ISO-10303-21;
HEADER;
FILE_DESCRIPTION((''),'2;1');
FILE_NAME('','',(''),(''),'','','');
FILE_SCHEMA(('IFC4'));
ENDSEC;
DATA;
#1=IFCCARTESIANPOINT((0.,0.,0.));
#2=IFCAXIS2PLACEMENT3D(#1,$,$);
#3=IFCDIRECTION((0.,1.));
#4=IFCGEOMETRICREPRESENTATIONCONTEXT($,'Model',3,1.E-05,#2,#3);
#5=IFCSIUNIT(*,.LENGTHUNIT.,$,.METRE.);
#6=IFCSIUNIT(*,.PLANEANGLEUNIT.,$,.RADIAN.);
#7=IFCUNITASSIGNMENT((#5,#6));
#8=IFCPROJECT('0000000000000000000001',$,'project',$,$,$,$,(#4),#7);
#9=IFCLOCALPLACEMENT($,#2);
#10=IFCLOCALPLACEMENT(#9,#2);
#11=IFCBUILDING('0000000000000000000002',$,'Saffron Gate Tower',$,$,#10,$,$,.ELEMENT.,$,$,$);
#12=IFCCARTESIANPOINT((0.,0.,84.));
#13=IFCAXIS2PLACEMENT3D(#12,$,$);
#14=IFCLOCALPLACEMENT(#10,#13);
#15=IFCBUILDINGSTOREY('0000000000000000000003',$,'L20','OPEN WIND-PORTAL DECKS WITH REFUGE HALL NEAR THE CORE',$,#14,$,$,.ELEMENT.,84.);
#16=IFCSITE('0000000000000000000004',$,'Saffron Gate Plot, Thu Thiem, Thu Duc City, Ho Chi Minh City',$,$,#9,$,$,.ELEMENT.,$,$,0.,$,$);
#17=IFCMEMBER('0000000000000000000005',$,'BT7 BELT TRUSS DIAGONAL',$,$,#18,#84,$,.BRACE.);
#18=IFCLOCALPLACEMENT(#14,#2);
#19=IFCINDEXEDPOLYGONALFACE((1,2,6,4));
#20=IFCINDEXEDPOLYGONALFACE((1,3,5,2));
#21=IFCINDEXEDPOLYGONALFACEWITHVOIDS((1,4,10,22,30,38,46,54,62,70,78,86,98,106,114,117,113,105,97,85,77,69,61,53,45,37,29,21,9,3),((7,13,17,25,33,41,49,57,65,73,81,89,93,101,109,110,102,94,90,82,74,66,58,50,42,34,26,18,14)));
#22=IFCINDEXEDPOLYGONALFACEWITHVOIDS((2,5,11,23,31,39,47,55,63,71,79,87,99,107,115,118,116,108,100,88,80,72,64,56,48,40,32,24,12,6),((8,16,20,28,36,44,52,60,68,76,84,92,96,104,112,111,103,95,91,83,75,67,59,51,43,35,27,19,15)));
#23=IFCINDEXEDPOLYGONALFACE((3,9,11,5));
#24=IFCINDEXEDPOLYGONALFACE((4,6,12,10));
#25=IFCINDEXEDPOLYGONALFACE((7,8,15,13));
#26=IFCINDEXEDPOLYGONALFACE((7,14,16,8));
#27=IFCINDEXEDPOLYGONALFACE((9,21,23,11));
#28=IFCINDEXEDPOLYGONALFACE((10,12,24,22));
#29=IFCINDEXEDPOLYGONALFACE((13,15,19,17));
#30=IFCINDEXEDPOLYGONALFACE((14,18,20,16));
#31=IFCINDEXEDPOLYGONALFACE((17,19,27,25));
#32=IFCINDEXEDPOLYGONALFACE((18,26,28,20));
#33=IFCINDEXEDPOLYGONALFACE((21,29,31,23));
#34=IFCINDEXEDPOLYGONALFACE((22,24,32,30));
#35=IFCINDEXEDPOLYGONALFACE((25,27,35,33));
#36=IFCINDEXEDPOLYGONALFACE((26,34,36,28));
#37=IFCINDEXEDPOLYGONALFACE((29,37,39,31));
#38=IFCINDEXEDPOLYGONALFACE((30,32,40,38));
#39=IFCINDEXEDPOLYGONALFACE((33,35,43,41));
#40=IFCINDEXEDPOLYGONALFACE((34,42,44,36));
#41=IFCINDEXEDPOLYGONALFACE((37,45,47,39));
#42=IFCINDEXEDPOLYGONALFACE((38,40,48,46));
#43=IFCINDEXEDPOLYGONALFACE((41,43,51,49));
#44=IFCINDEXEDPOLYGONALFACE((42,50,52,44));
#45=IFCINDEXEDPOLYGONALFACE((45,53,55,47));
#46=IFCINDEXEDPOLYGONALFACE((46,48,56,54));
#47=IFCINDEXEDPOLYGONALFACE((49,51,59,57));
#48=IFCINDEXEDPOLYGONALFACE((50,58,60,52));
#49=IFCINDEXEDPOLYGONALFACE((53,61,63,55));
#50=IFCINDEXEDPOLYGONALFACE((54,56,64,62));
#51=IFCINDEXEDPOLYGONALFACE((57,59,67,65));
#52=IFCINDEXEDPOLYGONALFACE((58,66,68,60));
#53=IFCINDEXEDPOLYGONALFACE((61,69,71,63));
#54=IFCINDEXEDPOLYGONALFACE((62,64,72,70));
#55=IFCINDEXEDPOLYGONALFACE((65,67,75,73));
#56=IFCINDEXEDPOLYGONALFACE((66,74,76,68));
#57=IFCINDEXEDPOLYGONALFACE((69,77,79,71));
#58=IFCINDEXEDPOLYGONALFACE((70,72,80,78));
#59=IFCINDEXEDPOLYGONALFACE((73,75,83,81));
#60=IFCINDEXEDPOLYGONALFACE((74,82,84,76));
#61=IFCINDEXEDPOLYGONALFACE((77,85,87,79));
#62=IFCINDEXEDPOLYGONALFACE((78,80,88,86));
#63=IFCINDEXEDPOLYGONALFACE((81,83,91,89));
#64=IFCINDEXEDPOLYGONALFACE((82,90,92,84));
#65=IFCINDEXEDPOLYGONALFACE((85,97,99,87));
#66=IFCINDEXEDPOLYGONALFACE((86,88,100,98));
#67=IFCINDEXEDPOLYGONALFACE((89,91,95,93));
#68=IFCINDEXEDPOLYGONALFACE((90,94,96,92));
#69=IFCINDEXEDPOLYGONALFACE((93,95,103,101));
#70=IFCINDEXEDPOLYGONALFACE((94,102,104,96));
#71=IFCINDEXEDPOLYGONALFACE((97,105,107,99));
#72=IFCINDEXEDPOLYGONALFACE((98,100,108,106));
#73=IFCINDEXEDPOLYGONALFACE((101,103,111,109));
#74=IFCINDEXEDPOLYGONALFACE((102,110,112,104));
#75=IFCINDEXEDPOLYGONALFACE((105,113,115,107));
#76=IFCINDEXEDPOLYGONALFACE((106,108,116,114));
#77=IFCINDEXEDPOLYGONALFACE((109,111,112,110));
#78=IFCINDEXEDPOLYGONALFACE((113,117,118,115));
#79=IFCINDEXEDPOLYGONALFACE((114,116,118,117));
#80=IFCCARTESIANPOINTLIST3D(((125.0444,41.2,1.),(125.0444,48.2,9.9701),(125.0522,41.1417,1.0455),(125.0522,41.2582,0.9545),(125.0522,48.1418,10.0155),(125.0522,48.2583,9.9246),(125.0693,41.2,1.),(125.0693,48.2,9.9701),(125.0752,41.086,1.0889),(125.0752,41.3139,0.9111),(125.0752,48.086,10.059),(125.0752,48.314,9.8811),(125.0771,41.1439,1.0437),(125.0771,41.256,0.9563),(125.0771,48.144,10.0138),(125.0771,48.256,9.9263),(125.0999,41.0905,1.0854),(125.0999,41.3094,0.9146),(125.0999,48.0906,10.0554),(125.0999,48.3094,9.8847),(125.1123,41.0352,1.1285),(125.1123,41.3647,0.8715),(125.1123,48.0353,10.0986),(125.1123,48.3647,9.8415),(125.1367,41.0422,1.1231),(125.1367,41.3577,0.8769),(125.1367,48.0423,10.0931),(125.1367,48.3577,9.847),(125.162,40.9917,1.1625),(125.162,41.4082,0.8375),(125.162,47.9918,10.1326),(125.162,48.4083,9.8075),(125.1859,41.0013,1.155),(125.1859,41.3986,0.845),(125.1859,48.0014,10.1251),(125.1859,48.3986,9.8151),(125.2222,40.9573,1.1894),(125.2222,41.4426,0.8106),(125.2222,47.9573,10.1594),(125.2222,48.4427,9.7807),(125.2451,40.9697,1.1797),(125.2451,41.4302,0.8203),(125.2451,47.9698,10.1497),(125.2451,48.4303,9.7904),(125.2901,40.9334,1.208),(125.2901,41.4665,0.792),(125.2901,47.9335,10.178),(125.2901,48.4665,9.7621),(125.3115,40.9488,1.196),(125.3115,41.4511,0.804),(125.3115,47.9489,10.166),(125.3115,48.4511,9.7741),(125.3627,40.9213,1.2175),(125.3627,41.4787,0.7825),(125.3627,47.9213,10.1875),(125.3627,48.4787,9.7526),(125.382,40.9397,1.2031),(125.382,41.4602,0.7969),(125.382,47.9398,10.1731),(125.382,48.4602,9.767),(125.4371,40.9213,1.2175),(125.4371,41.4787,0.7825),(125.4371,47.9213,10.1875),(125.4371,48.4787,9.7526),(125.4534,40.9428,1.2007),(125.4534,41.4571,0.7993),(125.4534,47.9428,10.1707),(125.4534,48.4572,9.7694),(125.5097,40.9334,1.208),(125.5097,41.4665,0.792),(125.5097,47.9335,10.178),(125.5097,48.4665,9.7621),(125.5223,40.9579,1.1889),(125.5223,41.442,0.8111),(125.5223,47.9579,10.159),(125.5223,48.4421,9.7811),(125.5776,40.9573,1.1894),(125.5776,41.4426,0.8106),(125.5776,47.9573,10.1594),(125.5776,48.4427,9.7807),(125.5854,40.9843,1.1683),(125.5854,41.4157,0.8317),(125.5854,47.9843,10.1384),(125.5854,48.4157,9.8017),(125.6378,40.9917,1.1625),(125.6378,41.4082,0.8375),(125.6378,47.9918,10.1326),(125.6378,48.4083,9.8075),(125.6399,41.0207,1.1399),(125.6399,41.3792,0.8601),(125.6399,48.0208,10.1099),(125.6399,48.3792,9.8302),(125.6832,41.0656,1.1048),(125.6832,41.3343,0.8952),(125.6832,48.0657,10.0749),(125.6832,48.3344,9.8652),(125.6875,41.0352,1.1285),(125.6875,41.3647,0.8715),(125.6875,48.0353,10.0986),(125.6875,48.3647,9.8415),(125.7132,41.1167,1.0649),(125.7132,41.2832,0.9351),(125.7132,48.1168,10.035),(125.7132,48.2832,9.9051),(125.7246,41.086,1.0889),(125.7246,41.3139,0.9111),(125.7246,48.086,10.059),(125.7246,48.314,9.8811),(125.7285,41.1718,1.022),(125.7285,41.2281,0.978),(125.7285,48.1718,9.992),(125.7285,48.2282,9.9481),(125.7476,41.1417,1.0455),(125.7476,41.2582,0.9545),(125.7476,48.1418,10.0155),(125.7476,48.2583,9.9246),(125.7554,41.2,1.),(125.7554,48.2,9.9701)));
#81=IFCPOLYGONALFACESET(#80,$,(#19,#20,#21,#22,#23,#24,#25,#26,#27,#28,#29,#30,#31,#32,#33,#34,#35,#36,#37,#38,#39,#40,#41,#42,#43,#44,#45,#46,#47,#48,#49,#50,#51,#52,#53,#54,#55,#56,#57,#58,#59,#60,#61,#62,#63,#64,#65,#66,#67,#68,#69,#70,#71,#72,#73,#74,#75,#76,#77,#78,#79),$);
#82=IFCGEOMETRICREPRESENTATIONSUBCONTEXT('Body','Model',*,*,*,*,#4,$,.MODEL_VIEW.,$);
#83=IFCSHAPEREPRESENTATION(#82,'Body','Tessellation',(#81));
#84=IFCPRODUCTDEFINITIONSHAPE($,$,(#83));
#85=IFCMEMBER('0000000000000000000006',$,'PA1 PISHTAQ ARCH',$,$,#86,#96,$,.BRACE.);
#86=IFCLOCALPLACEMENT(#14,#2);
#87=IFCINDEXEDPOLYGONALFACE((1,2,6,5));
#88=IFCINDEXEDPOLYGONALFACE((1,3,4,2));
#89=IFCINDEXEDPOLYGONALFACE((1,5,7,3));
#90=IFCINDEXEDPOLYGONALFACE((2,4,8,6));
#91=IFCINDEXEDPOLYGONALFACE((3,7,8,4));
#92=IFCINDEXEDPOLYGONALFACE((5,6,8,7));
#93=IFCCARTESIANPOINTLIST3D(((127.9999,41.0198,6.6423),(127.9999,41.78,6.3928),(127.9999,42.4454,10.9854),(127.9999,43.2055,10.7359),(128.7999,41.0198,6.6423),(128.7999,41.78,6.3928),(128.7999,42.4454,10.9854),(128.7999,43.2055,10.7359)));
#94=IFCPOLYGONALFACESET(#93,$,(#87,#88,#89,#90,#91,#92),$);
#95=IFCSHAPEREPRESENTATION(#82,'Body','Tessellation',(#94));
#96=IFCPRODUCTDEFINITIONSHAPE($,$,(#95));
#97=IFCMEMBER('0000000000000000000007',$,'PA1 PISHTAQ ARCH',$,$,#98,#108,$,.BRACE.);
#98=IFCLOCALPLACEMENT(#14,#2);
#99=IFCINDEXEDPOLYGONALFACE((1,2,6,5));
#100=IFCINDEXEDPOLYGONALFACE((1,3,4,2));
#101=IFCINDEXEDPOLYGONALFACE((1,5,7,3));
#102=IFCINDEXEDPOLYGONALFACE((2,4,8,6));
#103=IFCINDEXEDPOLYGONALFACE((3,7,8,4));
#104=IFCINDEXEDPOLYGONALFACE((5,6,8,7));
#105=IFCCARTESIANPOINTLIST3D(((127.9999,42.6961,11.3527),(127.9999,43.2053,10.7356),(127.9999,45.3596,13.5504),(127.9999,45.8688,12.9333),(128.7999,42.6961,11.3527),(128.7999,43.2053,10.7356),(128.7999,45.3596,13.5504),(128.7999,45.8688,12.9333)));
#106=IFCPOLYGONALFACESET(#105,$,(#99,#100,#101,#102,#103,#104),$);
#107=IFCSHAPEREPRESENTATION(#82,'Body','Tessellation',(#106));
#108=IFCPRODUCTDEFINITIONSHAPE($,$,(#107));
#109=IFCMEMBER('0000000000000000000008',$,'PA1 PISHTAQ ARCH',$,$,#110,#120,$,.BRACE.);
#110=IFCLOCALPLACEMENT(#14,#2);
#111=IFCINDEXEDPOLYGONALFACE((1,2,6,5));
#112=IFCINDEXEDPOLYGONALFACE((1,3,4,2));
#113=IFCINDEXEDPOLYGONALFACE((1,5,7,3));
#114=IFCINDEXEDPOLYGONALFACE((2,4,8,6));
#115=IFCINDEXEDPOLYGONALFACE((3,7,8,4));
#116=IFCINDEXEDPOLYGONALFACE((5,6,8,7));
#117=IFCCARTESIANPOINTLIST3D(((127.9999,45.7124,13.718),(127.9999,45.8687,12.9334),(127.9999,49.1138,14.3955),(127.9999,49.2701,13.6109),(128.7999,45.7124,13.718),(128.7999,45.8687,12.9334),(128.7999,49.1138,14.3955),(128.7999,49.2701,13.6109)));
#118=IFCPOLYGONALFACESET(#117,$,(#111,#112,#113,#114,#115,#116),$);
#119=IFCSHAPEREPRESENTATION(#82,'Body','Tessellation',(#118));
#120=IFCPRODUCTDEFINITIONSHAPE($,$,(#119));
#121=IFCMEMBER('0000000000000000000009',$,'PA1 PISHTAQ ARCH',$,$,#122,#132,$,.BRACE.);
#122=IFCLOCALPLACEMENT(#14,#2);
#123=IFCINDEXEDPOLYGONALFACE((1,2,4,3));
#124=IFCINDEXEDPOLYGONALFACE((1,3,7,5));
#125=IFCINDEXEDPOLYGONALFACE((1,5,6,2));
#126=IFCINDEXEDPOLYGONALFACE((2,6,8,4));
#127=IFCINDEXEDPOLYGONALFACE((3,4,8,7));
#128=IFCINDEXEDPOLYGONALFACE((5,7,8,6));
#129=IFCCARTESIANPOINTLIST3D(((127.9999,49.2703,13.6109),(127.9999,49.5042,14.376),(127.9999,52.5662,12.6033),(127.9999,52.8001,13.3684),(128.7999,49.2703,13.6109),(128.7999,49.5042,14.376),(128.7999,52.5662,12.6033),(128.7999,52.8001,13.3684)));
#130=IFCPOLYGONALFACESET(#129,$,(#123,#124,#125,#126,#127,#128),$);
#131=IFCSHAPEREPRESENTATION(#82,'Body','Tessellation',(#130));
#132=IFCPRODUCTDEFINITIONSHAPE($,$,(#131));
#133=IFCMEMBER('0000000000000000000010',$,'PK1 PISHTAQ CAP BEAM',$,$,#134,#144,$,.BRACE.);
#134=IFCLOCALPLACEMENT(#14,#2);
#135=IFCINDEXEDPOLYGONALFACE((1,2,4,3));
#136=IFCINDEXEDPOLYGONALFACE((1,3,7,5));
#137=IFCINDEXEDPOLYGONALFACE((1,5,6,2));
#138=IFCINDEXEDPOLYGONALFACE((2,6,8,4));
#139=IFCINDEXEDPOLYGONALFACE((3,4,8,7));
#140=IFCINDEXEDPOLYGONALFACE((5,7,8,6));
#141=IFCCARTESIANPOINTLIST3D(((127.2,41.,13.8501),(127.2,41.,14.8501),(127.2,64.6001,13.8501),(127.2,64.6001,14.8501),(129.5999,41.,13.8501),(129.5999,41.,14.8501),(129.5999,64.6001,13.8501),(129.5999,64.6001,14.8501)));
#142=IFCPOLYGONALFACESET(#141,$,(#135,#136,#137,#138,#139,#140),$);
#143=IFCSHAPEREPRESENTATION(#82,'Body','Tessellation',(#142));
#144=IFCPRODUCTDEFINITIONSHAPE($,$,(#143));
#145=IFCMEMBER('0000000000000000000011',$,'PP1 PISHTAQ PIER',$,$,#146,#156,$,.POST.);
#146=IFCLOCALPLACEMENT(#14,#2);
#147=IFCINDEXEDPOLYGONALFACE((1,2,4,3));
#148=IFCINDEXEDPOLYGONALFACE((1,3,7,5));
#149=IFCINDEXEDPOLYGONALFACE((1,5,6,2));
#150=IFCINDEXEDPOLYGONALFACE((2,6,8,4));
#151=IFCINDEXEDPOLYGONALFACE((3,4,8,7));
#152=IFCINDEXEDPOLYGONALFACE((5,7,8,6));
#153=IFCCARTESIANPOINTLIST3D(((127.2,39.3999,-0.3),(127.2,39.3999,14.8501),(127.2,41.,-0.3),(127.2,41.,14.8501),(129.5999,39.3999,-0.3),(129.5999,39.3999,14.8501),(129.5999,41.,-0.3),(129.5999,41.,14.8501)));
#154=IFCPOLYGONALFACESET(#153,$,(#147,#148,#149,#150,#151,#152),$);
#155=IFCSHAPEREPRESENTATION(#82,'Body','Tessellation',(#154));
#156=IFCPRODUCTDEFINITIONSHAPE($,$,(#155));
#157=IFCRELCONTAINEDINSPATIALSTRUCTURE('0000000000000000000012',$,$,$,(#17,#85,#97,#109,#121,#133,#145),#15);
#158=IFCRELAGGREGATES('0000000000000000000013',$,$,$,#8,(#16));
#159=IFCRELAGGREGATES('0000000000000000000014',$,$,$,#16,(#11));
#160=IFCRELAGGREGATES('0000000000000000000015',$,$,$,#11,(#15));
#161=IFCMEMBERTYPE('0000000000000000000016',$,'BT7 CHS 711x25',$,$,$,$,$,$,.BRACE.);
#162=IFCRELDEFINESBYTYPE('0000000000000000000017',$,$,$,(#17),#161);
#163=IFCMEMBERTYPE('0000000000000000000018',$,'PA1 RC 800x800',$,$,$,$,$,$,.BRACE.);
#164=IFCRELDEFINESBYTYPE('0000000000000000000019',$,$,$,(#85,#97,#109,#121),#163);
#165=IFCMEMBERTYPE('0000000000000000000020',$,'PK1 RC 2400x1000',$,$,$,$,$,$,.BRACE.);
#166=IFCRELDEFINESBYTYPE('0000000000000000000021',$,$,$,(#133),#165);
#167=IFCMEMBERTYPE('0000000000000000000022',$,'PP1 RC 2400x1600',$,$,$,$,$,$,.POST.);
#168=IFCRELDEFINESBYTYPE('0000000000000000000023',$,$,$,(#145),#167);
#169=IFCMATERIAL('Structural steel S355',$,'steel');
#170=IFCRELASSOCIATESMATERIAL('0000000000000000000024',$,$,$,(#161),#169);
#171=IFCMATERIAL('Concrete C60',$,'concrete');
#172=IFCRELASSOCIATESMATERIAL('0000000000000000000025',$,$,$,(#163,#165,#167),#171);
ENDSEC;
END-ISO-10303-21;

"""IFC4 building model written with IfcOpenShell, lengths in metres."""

from ifc_helpers import new_model, si_unit, direction, frame, origin, origin_2d, place, context, subcontext, project, spatial, rectangle, hollow_circle, extrude, material, material_profile, profile_set, type_object, element, save


model = new_model("IFC4")

# Units and contexts
model_context = context("Model", 3, precision=1e-05, world=origin(), true_north=direction((0.0, 1.0)))
body_context = subcontext(model_context, "Body", "Model", "MODEL_VIEW")
ifc_project = project(units=[si_unit("LENGTHUNIT", "METRE"), si_unit("PLANEANGLEUNIT", "RADIAN")], contexts=[model_context])

# Site, building, storey
site_placement = place(None, origin())
site = spatial("IfcSite", under=ifc_project, at=site_placement, Name="Saffron Gate Plot, Thu Thiem, Thu Duc City, Ho Chi Minh City", CompositionType="ELEMENT", RefElevation=0.0)
building_placement = place(site_placement, origin())
building = spatial("IfcBuilding", under=site, at=building_placement, Name="Saffron Gate Tower", CompositionType="ELEMENT")
storey_placement = place(building_placement, frame((0.0, 0.0, 84.0)))
storey = spatial("IfcBuildingStorey", under=building, at=storey_placement, Name="L20", Description="OPEN WIND-PORTAL DECKS WITH REFUGE HALL NEAR THE CORE", CompositionType="ELEMENT", Elevation=84.0)

# Shared definitions
ifc_material_1 = material(Name="Concrete C60", Category="concrete")

# Shared definitions
ifc_material_2 = material(Name="Structural steel S355", Category="steel")

# Members
ifc_material_profile_1 = material_profile(ifc_material_2, hollow_circle(Radius=0.3555, WallThickness=0.0249, at=origin_2d()))
ifc_profile_set_1 = profile_set([ifc_material_profile_1], Name="Structural steel S355")
member_type_1 = type_object("IfcMemberType", Name="BT7 CHS 711x25", PredefinedType="BRACE", material=ifc_profile_set_1)
member_1_placement = place(storey_placement, frame((125.3999, 41.2, 1.0), z_axis=(0.0, 0.615219, 0.788356), x_axis=(-1.0, 0.0, 0.0)))
element("IfcMember", 1, at=member_1_placement, inside=storey, type_object=member_type_1, Name="BT7 BELT TRUSS DIAGONAL", PredefinedType="BRACE", context=body_context, shape_type="SweptSolid", body=[
    extrude(hollow_circle(Radius=0.3555, WallThickness=0.0249, at=origin_2d()), origin(), (0.0, 0.0, 1.0), 11.3782),
])
ifc_material_profile_2 = material_profile(ifc_material_1, rectangle(XDim=0.8, YDim=0.8, at=origin_2d()))
ifc_profile_set_2 = profile_set([ifc_material_profile_2], Name="Concrete C60")
member_type_2 = type_object("IfcMemberType", Name="PA1 RC 800x800", PredefinedType="BRACE", material=ifc_profile_set_2)
member_2_placement = place(storey_placement, frame((128.3999, 41.3999, 6.5176), z_axis=(0.0, 0.311866, 0.950126), x_axis=(-1.0, 0.0, 0.0)))
element("IfcMember", 2, at=member_2_placement, inside=storey, type_object=member_type_2, Name="PA1 PISHTAQ ARCH", PredefinedType="BRACE", context=body_context, shape_type="SweptSolid", body=[
    extrude(rectangle(XDim=0.8, YDim=0.8, at=origin_2d()), origin(), (0.0, 0.0, 1.0), 4.571),
])
member_3_placement = place(storey_placement, frame((128.3999, 42.9507, 11.0442), z_axis=(0.0, 0.77133, 0.636436), x_axis=(-1.0, 0.0, 0.0)))
element("IfcMember", 3, at=member_3_placement, inside=storey, type_object=member_type_2, Name="PA1 PISHTAQ ARCH", PredefinedType="BRACE", context=body_context, shape_type="SweptSolid", body=[
    extrude(rectangle(XDim=0.8, YDim=0.8, at=origin_2d()), origin(), (0.0, 0.0, 1.0), 3.4531),
])
member_4_placement = place(storey_placement, frame((128.3999, 45.7905, 13.3257), z_axis=(0.0, 0.980735, 0.195344), x_axis=(-1.0, 0.0, 0.0)))
element("IfcMember", 4, at=member_4_placement, inside=storey, type_object=member_type_2, Name="PA1 PISHTAQ ARCH", PredefinedType="BRACE", context=body_context, shape_type="SweptSolid", body=[
    extrude(rectangle(XDim=0.8, YDim=0.8, at=origin_2d()), origin(), (0.0, 0.0, 1.0), 3.4683),
])
member_5_placement = place(storey_placement, frame((128.3999, 49.3872, 13.9934), z_axis=(0.0, 0.956312, -0.292348), x_axis=(-1.0, 0.0, 0.0)))
element("IfcMember", 5, at=member_5_placement, inside=storey, type_object=member_type_2, Name="PA1 PISHTAQ ARCH", PredefinedType="BRACE", context=body_context, shape_type="SweptSolid", body=[
    extrude(rectangle(XDim=0.8, YDim=0.8, at=origin_2d()), origin(), (0.0, 0.0, 1.0), 3.4465),
])
ifc_material_profile_3 = material_profile(ifc_material_1, rectangle(XDim=2.3999, YDim=1.0, at=origin_2d()))
ifc_profile_set_3 = profile_set([ifc_material_profile_3], Name="Concrete C60")
member_type_3 = type_object("IfcMemberType", Name="PK1 RC 2400x1000", PredefinedType="BRACE", material=ifc_profile_set_3)
member_6_placement = place(storey_placement, frame((128.3999, 41.0, 14.3501), z_axis=(0.0, 1.0, 0.0), x_axis=(-1.0, 0.0, 0.0)))
element("IfcMember", 6, at=member_6_placement, inside=storey, type_object=member_type_3, Name="PK1 PISHTAQ CAP BEAM", PredefinedType="BRACE", context=body_context, shape_type="SweptSolid", body=[
    extrude(rectangle(XDim=2.3999, YDim=1.0, at=origin_2d()), origin(), (0.0, 0.0, 1.0), 23.6001),
])
ifc_material_profile_4 = material_profile(ifc_material_1, rectangle(XDim=2.3999, YDim=1.6001, at=origin_2d()))
ifc_profile_set_4 = profile_set([ifc_material_profile_4], Name="Concrete C60")
member_type_4 = type_object("IfcMemberType", Name="PP1 RC 2400x1600", PredefinedType="POST", material=ifc_profile_set_4)
member_7_placement = place(storey_placement, frame((128.3999, 40.2, -0.3), z_axis=(0.0, 0.0, 1.0), x_axis=(1.0, 0.0, 0.0)))
element("IfcMember", 7, at=member_7_placement, inside=storey, type_object=member_type_4, Name="PP1 PISHTAQ PIER", PredefinedType="POST", context=body_context, shape_type="SweptSolid", body=[
    extrude(rectangle(XDim=2.3999, YDim=1.6001, at=origin_2d()), origin(), (0.0, 0.0, 1.0), 15.1501),
])

save(model, "model.ifc")
